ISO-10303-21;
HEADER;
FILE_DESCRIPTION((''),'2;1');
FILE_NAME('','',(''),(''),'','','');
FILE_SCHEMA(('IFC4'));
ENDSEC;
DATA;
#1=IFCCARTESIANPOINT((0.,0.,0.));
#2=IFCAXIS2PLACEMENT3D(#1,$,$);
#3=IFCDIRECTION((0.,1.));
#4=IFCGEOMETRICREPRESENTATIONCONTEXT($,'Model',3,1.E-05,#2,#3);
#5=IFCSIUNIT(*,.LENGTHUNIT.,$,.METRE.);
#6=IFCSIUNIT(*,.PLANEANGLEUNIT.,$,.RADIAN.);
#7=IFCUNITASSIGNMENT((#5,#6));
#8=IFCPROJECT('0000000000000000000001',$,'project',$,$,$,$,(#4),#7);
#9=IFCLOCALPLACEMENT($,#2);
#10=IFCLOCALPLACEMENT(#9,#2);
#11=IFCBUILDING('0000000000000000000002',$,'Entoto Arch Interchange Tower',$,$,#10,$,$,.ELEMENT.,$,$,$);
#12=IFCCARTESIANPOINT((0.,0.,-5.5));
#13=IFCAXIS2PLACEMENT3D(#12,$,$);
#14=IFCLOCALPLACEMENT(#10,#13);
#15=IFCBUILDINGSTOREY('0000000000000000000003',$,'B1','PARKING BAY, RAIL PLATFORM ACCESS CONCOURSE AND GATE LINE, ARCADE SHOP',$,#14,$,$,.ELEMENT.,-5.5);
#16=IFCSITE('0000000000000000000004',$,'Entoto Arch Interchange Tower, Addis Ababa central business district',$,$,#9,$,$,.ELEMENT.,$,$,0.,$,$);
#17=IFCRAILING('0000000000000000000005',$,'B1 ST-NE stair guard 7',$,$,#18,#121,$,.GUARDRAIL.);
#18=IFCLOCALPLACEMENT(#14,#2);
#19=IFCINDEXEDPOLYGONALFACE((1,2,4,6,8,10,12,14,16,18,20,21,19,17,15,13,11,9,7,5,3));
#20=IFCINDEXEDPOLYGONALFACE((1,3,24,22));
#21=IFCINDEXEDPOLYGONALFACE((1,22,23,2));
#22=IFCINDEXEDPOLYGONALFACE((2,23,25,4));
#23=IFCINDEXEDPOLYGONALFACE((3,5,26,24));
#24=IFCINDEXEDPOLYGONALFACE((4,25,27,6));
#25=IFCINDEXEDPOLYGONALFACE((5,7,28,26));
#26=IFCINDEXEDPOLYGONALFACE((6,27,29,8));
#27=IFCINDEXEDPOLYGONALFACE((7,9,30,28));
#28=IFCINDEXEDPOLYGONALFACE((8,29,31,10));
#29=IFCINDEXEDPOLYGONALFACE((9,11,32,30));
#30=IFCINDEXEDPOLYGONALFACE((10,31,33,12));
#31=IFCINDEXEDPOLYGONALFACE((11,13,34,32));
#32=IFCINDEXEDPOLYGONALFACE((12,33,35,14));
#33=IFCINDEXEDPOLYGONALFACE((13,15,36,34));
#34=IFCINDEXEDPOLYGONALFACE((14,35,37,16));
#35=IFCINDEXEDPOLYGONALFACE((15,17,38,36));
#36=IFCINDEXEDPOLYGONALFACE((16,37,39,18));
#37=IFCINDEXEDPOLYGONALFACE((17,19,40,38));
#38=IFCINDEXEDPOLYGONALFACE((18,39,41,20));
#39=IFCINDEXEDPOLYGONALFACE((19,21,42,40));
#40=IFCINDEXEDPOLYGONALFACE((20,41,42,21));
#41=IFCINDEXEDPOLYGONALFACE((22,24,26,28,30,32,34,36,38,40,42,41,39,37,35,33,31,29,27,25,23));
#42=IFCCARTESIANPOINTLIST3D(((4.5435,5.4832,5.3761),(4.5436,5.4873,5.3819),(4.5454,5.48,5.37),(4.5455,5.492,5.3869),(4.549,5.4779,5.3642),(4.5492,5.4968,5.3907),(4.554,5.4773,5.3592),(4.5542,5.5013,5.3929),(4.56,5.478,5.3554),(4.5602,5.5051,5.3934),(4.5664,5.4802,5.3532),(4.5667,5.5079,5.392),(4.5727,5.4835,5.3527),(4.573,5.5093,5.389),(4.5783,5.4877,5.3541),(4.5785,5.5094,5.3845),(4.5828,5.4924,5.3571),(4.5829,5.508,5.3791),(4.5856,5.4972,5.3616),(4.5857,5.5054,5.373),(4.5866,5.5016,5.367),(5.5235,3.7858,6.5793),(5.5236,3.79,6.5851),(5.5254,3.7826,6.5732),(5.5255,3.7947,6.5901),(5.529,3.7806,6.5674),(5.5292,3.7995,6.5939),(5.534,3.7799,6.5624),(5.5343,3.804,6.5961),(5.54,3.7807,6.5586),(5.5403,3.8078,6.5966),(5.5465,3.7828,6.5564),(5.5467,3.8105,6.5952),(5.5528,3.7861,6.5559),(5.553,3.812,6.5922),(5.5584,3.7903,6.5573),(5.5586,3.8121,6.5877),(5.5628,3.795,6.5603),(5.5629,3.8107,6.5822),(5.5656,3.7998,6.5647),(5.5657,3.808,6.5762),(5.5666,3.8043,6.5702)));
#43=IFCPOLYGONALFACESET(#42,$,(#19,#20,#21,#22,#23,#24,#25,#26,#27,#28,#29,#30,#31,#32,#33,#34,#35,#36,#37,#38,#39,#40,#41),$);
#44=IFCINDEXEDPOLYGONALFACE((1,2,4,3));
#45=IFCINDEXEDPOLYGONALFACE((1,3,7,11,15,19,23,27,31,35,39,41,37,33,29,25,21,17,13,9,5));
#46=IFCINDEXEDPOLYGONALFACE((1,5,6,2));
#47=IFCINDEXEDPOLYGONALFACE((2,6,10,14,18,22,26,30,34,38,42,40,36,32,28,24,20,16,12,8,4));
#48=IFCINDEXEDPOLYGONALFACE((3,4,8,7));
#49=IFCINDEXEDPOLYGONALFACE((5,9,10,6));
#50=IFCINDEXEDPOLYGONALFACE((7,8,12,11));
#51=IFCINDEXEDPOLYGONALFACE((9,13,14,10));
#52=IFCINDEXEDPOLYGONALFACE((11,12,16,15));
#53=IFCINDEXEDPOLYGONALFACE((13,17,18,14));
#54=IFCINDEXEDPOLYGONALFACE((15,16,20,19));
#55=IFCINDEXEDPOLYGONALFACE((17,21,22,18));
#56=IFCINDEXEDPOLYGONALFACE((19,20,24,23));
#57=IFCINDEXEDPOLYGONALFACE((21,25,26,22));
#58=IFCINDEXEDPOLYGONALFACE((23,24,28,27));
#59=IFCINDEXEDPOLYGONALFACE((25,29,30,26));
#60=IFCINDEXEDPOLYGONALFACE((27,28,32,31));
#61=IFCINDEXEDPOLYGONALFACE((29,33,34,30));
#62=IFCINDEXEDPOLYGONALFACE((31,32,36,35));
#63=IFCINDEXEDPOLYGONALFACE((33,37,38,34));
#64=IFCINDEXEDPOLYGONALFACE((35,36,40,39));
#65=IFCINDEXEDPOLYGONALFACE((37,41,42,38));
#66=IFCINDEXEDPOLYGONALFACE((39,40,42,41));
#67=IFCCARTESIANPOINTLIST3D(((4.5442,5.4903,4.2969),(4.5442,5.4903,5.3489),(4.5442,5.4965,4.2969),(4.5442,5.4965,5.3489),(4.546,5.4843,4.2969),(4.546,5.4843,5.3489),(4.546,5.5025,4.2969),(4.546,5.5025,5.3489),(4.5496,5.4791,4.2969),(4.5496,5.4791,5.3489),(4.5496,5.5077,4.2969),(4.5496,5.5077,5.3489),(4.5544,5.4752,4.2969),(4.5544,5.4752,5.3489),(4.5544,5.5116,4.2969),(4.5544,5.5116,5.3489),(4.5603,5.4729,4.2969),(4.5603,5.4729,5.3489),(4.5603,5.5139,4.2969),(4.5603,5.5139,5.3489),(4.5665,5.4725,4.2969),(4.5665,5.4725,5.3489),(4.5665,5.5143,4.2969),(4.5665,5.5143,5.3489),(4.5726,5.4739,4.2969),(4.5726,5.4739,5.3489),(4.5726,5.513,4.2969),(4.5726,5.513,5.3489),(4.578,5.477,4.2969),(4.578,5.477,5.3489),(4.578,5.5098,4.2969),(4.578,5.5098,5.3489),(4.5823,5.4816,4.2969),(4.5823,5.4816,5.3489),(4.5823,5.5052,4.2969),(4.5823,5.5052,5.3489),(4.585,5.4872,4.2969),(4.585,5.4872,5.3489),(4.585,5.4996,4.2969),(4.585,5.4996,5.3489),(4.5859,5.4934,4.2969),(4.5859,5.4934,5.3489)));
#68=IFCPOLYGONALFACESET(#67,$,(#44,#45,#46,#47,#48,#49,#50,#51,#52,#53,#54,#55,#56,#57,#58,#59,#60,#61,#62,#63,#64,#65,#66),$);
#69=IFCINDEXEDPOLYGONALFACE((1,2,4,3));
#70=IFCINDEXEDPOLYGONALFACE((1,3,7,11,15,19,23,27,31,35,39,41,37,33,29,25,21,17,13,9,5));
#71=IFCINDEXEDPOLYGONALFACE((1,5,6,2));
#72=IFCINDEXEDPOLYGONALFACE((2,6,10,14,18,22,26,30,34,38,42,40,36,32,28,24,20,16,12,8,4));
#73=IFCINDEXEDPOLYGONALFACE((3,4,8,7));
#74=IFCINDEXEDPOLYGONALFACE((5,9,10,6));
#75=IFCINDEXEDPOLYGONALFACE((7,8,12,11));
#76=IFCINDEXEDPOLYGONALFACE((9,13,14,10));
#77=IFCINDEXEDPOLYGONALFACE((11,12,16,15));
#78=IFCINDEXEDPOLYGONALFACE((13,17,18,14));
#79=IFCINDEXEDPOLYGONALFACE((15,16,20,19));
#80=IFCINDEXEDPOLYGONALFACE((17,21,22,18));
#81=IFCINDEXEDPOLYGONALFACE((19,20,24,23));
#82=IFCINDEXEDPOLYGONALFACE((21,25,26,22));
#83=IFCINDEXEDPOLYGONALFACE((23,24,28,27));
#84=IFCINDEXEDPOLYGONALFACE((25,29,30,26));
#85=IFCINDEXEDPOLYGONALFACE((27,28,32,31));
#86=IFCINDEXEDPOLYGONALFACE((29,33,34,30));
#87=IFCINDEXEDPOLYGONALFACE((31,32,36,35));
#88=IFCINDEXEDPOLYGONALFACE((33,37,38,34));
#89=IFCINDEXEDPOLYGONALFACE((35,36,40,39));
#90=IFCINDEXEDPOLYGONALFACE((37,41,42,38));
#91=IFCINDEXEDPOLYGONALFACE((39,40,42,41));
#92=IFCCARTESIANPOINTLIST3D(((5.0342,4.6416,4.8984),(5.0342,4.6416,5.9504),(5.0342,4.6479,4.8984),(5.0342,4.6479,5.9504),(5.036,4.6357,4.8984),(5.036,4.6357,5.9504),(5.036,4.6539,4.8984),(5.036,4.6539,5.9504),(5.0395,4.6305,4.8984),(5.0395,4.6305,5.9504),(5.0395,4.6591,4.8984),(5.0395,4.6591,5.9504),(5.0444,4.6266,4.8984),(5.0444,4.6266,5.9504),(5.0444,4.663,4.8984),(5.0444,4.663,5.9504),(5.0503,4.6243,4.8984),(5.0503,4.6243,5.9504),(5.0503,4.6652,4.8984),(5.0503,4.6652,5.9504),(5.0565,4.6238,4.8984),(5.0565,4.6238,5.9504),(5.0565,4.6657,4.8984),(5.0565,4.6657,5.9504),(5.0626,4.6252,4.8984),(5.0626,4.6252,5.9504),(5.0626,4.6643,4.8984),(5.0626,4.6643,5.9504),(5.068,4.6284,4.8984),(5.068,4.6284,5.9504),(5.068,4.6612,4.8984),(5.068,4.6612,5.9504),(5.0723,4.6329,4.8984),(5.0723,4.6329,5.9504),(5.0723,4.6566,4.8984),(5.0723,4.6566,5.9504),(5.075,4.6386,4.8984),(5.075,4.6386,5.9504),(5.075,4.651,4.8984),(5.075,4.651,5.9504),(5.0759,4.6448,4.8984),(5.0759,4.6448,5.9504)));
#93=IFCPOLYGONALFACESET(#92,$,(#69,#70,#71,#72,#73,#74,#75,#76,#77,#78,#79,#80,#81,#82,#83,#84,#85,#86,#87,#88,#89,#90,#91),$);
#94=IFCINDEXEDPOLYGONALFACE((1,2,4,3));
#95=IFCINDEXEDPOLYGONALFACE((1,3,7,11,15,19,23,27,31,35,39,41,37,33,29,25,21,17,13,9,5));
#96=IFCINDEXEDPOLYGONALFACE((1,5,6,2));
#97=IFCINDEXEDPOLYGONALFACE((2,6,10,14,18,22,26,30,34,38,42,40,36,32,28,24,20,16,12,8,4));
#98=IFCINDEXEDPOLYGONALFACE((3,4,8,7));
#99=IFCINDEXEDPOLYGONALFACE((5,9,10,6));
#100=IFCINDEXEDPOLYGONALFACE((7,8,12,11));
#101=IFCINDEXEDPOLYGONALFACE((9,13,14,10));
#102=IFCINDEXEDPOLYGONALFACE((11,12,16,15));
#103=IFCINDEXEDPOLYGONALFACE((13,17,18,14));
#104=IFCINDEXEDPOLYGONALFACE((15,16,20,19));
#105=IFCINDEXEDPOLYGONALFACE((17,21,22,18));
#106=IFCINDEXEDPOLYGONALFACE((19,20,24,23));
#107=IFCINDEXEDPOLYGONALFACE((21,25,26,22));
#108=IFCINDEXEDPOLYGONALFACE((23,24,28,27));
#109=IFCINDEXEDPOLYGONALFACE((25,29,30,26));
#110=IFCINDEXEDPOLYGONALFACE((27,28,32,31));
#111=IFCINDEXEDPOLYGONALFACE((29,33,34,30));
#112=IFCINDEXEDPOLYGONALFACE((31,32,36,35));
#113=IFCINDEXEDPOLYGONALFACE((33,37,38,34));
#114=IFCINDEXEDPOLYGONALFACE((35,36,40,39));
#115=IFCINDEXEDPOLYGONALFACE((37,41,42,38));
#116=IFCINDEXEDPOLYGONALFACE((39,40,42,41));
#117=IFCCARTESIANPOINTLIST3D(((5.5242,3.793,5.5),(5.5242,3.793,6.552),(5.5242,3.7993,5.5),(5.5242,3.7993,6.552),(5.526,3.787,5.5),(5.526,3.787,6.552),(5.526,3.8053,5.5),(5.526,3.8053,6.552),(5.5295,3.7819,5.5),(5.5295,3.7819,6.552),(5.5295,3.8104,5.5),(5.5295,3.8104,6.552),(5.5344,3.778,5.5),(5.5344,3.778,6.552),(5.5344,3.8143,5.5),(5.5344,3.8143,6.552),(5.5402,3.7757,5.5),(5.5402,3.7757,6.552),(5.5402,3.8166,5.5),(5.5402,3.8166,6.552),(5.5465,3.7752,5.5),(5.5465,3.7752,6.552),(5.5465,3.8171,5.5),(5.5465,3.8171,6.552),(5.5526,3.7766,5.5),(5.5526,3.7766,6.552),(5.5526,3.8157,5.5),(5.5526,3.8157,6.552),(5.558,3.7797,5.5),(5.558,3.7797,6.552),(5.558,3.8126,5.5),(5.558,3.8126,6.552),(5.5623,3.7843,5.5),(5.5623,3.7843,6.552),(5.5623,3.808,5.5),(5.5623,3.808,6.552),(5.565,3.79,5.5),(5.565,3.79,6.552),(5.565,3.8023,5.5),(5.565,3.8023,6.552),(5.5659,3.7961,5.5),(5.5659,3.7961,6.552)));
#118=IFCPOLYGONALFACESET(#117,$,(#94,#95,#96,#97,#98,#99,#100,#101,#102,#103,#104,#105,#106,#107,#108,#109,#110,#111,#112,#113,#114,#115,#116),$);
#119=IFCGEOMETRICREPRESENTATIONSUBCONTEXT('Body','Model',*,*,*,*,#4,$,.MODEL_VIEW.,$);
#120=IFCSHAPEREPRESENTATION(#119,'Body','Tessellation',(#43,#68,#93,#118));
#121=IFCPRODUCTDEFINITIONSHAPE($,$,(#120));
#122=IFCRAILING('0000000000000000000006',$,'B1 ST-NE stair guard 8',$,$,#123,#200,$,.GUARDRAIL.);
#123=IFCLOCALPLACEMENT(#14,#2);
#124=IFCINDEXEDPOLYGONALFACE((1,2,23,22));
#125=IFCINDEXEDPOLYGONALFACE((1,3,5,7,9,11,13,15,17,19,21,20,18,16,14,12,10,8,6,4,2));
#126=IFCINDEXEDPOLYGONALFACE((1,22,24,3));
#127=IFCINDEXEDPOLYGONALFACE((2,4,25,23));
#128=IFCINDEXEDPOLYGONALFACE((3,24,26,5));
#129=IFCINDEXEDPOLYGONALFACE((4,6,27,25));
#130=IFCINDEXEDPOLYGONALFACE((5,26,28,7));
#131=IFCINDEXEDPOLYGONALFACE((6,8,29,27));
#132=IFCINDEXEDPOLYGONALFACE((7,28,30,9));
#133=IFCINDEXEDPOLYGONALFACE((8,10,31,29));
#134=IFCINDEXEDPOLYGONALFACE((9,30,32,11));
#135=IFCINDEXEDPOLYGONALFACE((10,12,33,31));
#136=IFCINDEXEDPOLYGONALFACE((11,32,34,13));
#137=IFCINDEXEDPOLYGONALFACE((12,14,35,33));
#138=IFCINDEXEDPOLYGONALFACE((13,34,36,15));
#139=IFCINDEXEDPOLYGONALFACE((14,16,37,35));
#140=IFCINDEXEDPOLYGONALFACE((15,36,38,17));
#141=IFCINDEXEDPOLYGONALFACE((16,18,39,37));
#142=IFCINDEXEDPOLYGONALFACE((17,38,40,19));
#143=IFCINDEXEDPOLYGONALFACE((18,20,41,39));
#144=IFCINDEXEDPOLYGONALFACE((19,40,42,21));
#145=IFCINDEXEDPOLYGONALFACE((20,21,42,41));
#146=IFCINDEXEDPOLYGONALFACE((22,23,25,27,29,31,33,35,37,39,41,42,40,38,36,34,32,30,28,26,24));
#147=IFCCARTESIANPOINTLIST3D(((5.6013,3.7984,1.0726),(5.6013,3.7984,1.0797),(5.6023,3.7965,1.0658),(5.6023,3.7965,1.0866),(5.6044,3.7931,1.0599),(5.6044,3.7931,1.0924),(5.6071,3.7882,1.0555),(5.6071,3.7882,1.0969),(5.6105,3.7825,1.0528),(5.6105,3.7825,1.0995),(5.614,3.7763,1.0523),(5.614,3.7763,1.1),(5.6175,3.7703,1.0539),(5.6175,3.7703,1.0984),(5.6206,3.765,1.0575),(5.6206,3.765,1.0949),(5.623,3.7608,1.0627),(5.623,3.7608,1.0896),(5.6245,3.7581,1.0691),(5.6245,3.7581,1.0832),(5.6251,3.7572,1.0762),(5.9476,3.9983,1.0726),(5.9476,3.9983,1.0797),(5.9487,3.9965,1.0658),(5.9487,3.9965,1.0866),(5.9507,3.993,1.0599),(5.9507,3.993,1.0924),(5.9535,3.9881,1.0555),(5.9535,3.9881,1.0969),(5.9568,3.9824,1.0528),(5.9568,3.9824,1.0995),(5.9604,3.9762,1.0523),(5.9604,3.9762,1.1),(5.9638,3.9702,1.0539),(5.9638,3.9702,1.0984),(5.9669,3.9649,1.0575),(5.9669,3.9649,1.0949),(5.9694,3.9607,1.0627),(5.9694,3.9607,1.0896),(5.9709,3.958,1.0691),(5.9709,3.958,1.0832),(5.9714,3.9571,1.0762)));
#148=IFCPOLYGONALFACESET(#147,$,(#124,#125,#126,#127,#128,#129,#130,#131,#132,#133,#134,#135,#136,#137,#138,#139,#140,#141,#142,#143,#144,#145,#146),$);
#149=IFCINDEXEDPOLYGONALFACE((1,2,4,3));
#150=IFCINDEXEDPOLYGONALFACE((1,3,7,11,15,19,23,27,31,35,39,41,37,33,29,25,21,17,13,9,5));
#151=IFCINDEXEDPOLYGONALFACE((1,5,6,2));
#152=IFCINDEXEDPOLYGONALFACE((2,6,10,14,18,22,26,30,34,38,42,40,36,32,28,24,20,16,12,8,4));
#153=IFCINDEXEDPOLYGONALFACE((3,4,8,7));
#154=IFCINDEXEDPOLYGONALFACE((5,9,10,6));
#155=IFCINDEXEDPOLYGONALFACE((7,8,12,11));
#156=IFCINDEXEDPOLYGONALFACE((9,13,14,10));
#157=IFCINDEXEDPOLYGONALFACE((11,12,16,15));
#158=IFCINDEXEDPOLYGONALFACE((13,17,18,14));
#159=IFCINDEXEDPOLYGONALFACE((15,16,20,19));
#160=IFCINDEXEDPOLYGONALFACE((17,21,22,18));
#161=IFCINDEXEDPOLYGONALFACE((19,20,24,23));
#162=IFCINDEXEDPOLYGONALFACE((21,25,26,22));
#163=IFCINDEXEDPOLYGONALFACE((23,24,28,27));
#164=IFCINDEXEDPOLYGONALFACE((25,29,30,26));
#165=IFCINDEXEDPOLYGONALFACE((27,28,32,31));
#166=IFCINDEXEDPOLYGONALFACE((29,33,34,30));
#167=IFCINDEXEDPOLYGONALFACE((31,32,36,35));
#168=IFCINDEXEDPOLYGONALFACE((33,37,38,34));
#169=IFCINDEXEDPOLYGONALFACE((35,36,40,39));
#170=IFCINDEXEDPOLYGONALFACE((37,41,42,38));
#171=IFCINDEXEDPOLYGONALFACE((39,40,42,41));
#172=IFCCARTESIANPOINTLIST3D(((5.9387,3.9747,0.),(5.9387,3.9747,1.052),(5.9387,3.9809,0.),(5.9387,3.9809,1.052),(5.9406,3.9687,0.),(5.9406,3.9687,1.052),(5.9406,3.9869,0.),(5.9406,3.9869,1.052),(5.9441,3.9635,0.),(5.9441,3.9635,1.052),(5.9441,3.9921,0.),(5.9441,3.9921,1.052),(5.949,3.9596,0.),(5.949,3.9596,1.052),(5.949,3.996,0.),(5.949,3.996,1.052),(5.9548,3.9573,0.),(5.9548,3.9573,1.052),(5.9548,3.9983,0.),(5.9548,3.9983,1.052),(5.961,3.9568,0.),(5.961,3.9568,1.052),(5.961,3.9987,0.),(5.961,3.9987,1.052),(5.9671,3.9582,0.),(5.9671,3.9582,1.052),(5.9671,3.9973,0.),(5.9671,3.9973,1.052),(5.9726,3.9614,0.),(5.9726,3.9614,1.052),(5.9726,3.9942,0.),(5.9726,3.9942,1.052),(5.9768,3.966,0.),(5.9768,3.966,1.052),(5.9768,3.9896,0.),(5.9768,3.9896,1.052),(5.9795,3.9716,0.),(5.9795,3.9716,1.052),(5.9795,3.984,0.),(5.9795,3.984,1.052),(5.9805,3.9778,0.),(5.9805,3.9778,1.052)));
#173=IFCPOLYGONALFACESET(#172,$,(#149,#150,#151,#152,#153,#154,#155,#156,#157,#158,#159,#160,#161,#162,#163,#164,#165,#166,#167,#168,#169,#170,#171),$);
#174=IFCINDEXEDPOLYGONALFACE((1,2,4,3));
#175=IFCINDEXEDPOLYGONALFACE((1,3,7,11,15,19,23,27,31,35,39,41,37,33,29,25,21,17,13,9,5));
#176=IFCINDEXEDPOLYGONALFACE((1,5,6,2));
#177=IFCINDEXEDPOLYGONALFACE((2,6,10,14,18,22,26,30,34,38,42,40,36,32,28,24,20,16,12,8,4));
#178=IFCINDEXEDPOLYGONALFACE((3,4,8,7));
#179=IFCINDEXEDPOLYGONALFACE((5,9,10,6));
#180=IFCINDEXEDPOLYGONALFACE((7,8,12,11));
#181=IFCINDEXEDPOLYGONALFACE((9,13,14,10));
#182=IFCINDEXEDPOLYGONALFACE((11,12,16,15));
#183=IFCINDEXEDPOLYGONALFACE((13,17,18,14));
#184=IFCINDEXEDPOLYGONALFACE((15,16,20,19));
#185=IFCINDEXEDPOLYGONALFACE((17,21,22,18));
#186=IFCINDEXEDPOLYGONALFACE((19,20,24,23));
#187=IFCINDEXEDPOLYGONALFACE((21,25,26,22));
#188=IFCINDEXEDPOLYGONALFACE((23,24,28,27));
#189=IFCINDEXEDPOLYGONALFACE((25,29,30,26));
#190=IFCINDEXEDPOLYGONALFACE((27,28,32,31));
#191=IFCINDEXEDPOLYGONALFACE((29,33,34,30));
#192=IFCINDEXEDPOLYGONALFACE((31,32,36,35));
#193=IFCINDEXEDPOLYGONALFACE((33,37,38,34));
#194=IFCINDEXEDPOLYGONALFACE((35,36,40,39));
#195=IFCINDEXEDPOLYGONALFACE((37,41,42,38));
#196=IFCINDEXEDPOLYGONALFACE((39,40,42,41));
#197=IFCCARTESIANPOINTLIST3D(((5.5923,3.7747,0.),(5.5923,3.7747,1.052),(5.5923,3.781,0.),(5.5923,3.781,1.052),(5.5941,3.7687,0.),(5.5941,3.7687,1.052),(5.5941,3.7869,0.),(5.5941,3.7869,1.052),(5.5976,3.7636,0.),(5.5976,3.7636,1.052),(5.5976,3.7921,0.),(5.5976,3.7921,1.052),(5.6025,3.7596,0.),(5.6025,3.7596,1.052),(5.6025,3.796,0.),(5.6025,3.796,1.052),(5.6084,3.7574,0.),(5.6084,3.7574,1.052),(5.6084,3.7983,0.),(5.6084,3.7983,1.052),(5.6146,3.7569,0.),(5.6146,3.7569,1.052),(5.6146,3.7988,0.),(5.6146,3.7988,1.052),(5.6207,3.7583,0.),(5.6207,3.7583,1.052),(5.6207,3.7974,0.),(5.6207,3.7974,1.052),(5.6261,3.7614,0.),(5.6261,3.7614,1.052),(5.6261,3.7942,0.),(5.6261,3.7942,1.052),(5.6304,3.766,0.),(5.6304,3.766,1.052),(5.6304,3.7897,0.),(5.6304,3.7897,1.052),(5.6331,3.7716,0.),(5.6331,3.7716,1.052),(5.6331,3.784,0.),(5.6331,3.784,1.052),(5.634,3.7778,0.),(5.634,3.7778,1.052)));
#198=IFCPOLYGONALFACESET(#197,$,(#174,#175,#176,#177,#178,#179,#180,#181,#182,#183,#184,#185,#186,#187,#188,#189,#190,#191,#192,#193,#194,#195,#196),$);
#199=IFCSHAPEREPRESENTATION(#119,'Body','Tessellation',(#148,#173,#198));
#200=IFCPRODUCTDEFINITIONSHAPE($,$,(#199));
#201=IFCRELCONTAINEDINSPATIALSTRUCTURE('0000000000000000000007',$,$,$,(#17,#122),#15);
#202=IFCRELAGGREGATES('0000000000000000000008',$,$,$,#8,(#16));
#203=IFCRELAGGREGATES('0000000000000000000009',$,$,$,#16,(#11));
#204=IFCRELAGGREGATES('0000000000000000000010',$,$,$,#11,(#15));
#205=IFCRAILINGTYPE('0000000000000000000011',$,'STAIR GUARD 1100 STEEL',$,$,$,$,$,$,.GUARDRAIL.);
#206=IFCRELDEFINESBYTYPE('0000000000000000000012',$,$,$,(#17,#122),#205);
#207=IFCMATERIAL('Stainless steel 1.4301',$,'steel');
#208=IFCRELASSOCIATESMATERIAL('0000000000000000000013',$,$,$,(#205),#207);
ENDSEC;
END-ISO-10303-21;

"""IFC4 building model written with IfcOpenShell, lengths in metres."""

from ifc_helpers import new_model, si_unit, direction, frame, origin, origin_2d, place, context, subcontext, project, spatial, circle, extrude, material, type_object, element, save


model = new_model("IFC4")

# Units and contexts
model_context = context("Model", 3, precision=1e-05, world=origin(), true_north=direction((0.0, 1.0)))
body_context = subcontext(model_context, "Body", "Model", "MODEL_VIEW")
ifc_project = project(units=[si_unit("LENGTHUNIT", "METRE"), si_unit("PLANEANGLEUNIT", "RADIAN")], contexts=[model_context])

# Site, building, storey
site_placement = place(None, origin())
site = spatial("IfcSite", under=ifc_project, at=site_placement, Name="Entoto Arch Interchange Tower, Addis Ababa central business district", CompositionType="ELEMENT", RefElevation=0.0)
building_placement = place(site_placement, origin())
building = spatial("IfcBuilding", under=site, at=building_placement, Name="Entoto Arch Interchange Tower", CompositionType="ELEMENT")
storey_placement = place(building_placement, frame((0.0, 0.0, -5.5)))
storey = spatial("IfcBuildingStorey", under=building, at=storey_placement, Name="B1", Description="PARKING BAY, RAIL PLATFORM ACCESS CONCOURSE AND GATE LINE, ARCADE SHOP", CompositionType="ELEMENT", Elevation=-5.5)

# Railings
ifc_material_1 = material(Name="Stainless steel 1.4301", Category="steel")
railing_type_1 = type_object("IfcRailingType", Name="STAIR GUARD 1100 STEEL", PredefinedType="GUARDRAIL", material=ifc_material_1)
railing_1_placement = place(storey_placement, frame((4.5649, 5.4934, 4.2969)))
element("IfcRailing", 1, at=railing_1_placement, inside=storey, type_object=railing_type_1, Name="B1 ST-NE stair guard 7", PredefinedType="GUARDRAIL", context=body_context, shape_type="SweptSolid", body=[
    extrude(circle(Radius=0.0239, at=origin_2d()), frame((0.0, 0.0, 1.0762), z_axis=(0.426136, -0.73804, 0.523168), x_axis=(0.866011, 0.500024, 0.0)), (0.0, 0.0, 1.0), 2.2998),
    extrude(circle(Radius=0.021, at=origin_2d()), origin(), (0.0, 0.0, 1.0), 1.052),
    extrude(circle(Radius=0.021, at=origin_2d()), frame((0.49, -0.8486, 0.6016)), (0.0, 0.0, 1.0), 1.052),
    extrude(circle(Radius=0.021, at=origin_2d()), frame((0.98, -1.6973, 1.2031)), (0.0, 0.0, 1.0), 1.052),
])
railing_2_placement = place(storey_placement, frame((5.9595, 3.9778, 0.0)))
element("IfcRailing", 2, at=railing_2_placement, inside=storey, type_object=railing_type_1, Name="B1 ST-NE stair guard 8", PredefinedType="GUARDRAIL", context=body_context, shape_type="SweptSolid", body=[
    extrude(circle(Radius=0.0239, at=origin_2d()), frame((0.0, 0.0, 1.0762), z_axis=(-0.866094, -0.499881, 0.0), x_axis=(0.499881, -0.866094, 0.0)), (0.0, 0.0, 1.0), 0.3999),
    extrude(circle(Radius=0.021, at=origin_2d()), origin(), (0.0, 0.0, 1.0), 1.052),
    extrude(circle(Radius=0.021, at=origin_2d()), frame((-0.3464, -0.2, 0.0)), (0.0, 0.0, 1.0), 1.052),
])

save(model, "model.ifc")
